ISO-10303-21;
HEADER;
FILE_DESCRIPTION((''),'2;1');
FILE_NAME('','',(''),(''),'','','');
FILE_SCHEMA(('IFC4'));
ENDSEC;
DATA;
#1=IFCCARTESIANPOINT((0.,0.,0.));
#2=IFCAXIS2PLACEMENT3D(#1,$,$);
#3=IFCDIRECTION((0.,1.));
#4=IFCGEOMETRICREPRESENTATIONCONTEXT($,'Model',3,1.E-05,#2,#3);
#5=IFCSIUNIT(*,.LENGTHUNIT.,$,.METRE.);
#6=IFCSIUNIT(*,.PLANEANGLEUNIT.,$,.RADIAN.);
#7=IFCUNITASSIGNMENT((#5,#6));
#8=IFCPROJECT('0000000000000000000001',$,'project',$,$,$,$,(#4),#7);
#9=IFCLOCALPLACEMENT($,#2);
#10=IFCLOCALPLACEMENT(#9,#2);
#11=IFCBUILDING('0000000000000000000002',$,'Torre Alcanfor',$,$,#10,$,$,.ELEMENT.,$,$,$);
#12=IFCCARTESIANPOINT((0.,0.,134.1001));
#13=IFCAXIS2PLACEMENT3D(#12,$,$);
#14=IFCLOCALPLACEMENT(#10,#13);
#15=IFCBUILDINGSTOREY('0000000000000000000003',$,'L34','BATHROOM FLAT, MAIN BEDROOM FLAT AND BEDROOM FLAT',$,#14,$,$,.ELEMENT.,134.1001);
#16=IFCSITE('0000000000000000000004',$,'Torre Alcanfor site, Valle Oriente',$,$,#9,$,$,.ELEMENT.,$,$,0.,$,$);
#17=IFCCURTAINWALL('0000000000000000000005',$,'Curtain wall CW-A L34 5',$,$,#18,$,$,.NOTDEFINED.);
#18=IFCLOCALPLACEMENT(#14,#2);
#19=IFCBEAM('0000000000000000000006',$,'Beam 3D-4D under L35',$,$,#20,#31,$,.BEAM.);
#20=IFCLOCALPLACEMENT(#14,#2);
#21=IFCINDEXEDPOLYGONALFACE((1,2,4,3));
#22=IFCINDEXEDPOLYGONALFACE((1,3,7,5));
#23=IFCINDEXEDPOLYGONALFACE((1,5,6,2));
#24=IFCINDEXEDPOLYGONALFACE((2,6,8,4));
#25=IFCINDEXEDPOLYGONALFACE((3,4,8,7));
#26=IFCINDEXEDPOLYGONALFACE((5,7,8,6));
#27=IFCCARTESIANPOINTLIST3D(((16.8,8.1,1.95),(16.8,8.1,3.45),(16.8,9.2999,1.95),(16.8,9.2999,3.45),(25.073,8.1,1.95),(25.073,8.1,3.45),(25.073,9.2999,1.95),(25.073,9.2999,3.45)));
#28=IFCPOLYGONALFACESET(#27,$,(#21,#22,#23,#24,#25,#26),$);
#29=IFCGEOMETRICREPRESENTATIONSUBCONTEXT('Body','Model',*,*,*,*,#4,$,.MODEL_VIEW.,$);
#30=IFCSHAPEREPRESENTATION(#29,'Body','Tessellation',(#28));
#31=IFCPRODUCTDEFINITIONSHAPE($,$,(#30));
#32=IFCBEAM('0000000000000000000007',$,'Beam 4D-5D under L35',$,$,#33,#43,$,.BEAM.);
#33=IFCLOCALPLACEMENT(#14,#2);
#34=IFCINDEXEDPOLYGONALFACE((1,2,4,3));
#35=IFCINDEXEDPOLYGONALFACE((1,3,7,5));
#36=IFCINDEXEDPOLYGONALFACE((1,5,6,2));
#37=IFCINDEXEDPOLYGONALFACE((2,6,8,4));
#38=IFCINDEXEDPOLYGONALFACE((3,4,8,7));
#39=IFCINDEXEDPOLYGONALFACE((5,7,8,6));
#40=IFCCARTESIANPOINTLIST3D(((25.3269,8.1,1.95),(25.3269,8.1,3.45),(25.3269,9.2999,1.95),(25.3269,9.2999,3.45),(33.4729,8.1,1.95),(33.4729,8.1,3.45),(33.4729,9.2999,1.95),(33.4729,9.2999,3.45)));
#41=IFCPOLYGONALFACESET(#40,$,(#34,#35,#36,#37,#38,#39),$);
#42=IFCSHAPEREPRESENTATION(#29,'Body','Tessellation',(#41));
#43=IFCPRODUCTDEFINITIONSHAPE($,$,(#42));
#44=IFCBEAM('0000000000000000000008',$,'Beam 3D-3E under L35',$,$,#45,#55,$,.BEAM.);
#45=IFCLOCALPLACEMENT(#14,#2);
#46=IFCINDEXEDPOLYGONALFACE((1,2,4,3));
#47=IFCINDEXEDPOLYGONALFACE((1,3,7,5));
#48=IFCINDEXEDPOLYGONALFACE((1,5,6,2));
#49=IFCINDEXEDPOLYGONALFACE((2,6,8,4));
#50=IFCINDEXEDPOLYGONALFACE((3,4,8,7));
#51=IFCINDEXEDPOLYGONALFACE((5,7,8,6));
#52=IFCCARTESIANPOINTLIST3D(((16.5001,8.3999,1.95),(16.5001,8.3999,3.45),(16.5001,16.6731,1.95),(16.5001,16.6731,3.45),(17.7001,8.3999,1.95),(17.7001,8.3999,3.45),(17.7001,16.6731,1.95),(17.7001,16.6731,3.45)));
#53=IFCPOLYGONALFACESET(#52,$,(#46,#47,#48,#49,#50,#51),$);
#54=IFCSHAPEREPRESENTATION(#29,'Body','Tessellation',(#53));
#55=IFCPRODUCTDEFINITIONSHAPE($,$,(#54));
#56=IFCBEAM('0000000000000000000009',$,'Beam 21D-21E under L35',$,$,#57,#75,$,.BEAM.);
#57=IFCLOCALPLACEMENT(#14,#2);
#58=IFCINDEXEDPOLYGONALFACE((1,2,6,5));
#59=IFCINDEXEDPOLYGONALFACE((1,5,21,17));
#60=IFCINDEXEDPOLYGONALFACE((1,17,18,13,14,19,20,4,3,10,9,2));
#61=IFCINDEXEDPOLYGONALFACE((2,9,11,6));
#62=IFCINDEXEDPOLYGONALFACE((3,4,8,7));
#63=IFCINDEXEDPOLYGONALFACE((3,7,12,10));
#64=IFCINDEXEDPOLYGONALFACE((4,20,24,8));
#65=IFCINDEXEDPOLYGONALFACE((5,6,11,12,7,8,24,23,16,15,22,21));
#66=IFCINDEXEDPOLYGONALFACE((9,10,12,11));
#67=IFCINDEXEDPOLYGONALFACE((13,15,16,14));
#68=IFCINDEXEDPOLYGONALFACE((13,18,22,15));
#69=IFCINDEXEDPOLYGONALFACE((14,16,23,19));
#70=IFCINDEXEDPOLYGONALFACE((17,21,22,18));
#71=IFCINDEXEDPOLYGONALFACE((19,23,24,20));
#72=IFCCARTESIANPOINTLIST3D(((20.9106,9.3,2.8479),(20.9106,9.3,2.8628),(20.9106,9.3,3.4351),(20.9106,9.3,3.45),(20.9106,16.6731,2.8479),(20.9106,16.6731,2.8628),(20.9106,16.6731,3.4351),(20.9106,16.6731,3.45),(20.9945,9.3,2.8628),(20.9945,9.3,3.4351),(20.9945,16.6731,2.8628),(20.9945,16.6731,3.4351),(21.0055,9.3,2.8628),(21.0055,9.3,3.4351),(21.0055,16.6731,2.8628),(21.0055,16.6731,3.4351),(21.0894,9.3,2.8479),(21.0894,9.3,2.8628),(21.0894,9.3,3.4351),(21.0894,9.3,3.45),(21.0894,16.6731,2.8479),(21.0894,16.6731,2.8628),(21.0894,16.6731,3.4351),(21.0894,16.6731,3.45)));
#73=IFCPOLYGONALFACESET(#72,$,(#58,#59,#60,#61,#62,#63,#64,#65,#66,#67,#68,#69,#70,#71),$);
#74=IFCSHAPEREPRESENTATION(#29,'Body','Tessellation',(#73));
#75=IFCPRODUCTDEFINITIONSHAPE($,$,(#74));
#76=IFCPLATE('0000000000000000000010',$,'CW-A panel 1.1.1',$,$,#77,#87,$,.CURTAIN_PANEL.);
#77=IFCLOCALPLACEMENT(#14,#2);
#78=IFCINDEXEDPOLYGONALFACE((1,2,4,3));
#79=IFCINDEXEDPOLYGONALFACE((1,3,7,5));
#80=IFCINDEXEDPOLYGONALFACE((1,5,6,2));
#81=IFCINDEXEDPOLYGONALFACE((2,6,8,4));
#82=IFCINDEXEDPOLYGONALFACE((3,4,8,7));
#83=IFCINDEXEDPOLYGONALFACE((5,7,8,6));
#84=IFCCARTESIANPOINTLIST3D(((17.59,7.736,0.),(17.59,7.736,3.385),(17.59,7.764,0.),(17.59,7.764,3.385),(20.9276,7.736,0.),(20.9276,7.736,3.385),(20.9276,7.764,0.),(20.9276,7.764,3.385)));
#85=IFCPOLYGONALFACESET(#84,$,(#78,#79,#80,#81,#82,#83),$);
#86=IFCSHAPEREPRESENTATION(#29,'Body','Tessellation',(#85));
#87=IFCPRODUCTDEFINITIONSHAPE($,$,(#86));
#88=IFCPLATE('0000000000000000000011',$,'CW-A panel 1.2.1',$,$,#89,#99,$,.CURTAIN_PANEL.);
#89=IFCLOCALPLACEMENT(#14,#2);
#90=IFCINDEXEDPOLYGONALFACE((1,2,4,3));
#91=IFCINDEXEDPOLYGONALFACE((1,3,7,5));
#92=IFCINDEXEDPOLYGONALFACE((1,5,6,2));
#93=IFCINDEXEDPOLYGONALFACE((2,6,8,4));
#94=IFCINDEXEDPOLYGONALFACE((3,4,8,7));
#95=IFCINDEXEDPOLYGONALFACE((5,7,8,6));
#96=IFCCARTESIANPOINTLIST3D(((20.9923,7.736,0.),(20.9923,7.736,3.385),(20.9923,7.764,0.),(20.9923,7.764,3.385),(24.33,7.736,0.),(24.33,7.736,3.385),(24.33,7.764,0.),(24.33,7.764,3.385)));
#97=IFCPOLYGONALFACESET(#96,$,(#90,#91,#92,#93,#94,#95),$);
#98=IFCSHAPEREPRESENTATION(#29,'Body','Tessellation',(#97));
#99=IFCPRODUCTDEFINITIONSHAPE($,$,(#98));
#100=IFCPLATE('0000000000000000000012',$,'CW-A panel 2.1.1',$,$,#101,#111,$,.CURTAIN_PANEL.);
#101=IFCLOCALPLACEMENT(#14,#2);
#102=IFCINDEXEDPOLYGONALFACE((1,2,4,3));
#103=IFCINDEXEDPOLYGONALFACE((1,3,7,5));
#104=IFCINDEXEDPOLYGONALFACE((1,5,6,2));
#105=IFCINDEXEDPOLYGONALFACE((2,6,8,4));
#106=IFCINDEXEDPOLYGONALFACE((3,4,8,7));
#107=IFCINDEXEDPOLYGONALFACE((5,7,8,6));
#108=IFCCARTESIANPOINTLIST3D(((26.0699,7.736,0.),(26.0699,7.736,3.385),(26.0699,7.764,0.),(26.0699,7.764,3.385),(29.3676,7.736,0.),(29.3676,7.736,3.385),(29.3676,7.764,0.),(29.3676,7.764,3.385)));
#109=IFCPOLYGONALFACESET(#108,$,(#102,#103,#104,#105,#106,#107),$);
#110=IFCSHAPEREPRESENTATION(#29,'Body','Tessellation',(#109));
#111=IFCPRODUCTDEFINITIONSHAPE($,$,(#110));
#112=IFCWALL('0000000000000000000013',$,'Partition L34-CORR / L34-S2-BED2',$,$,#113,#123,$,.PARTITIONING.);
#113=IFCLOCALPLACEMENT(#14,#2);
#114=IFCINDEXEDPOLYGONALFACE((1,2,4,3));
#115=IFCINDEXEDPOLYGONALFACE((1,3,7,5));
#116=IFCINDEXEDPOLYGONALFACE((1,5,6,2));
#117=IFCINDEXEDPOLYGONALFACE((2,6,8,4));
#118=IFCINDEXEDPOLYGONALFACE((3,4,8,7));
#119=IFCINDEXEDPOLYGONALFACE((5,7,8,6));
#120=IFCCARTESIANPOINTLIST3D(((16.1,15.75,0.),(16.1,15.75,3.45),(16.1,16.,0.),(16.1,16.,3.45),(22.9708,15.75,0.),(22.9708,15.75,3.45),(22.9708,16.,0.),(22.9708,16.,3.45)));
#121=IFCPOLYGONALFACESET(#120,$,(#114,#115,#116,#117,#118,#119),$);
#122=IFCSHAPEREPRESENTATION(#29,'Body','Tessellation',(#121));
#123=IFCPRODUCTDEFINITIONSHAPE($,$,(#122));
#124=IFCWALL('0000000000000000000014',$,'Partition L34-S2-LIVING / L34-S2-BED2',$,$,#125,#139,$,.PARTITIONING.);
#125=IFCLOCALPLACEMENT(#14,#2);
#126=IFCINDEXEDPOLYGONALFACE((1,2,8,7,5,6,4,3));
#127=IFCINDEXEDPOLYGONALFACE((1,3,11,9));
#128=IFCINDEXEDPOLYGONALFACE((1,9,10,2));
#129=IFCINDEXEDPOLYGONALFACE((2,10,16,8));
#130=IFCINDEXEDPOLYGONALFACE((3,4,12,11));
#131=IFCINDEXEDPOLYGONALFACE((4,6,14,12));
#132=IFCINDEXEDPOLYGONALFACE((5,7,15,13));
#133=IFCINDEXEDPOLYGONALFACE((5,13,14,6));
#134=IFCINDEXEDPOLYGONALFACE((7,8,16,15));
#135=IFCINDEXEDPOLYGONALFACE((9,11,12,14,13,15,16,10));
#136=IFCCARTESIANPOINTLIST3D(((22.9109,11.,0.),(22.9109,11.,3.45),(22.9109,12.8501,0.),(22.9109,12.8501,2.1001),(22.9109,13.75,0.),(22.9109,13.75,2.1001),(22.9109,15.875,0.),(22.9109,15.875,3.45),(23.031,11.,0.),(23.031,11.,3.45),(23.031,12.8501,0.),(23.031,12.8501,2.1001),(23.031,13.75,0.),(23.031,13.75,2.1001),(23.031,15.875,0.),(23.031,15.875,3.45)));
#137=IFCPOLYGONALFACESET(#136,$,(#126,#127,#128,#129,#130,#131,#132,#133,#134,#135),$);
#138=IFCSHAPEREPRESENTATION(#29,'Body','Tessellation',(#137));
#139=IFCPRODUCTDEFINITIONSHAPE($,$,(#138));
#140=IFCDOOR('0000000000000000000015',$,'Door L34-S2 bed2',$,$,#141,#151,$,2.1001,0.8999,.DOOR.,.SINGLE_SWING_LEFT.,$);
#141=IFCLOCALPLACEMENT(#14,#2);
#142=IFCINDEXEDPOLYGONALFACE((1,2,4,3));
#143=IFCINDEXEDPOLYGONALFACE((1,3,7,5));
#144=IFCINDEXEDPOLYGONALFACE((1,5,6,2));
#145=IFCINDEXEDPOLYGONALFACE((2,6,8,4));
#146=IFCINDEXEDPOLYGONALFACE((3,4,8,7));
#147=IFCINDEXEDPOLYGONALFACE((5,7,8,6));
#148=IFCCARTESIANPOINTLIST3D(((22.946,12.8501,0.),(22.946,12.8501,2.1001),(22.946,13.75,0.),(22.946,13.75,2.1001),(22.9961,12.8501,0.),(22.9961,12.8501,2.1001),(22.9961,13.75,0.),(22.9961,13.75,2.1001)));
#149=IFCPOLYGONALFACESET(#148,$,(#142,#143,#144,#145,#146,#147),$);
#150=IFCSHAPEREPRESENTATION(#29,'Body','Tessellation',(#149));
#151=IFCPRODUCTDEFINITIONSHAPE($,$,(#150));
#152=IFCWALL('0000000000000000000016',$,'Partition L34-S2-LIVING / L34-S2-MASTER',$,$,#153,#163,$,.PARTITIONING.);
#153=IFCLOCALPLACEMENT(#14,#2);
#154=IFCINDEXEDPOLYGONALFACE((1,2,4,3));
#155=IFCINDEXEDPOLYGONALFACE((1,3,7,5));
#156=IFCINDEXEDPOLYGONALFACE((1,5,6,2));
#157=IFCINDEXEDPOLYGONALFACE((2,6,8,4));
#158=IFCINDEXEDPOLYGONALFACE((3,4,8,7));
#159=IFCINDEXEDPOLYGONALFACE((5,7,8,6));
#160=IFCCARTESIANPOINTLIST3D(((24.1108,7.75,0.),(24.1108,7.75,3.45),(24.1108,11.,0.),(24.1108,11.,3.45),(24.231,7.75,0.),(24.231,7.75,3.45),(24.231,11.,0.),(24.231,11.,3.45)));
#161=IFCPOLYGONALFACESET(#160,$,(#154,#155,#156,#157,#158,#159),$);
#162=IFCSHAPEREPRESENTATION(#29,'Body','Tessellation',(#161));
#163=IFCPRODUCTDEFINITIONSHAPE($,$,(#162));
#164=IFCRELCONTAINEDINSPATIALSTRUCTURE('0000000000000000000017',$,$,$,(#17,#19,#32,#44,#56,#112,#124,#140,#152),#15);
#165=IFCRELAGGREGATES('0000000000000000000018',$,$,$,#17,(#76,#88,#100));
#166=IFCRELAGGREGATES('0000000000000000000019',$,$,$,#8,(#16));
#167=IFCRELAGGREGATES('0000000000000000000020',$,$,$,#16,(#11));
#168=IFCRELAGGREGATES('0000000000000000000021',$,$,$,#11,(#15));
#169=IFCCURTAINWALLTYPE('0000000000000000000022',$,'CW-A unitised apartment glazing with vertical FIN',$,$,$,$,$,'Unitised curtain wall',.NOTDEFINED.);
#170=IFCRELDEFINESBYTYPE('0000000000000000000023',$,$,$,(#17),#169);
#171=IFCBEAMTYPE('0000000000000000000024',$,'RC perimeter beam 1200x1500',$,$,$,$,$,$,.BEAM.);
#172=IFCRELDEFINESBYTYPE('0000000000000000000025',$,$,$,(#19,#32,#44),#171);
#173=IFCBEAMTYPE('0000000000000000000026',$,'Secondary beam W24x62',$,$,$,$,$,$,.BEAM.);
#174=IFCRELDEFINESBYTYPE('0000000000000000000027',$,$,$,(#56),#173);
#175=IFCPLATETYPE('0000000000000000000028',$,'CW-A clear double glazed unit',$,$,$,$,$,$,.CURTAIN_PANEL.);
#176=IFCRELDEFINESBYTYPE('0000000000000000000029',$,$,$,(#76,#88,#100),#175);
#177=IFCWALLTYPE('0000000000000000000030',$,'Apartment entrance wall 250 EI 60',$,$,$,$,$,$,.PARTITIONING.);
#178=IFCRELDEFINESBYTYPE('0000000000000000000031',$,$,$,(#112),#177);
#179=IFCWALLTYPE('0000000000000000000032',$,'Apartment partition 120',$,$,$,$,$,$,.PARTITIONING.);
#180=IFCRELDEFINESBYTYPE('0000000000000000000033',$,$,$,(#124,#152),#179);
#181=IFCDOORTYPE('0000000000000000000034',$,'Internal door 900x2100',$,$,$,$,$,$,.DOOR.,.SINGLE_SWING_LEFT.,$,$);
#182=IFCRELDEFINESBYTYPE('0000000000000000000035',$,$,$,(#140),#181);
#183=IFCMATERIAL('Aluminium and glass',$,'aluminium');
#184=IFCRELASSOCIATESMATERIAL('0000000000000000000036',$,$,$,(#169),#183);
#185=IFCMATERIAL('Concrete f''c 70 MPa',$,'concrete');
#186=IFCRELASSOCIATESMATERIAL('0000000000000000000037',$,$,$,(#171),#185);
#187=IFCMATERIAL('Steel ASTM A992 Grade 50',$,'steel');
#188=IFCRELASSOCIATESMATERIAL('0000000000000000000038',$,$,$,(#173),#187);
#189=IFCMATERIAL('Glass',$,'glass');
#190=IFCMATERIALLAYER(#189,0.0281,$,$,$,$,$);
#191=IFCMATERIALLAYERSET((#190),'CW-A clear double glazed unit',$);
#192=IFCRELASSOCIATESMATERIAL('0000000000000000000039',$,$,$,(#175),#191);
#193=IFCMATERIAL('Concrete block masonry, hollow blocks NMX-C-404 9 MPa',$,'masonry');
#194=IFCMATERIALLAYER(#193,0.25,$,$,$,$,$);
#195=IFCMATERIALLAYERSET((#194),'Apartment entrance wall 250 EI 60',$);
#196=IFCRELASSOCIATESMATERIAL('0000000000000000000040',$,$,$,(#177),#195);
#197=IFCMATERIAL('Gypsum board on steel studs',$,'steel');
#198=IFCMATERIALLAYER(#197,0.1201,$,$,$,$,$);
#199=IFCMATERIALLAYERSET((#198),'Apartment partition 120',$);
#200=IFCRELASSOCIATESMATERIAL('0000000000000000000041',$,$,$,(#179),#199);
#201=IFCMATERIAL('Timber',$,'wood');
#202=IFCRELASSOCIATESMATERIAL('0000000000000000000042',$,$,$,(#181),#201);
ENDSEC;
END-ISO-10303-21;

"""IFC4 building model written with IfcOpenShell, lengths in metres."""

from ifc_helpers import new_model, si_unit, direction, frame, frame_2d, origin, origin_2d, place, context, subcontext, project, spatial, rectangle, i_section, extrude, material, layer, layer_set, material_profile, profile_set, type_object, element, fill, aggregate, save


model = new_model("IFC4")

# Units and contexts
model_context = context("Model", 3, precision=1e-05, world=origin(), true_north=direction((0.0, 1.0)))
body_context = subcontext(model_context, "Body", "Model", "MODEL_VIEW")
ifc_project = project(units=[si_unit("LENGTHUNIT", "METRE"), si_unit("PLANEANGLEUNIT", "RADIAN")], contexts=[model_context])

# Site, building, storey
site_placement = place(None, origin())
site = spatial("IfcSite", under=ifc_project, at=site_placement, Name="Torre Alcanfor site, Valle Oriente", CompositionType="ELEMENT", RefElevation=0.0)
building_placement = place(site_placement, origin())
building = spatial("IfcBuilding", under=site, at=building_placement, Name="Torre Alcanfor", CompositionType="ELEMENT")
storey_placement = place(building_placement, frame((0.0, 0.0, 134.1001)))
storey = spatial("IfcBuildingStorey", under=building, at=storey_placement, Name="L34", Description="BATHROOM FLAT, MAIN BEDROOM FLAT AND BEDROOM FLAT", CompositionType="ELEMENT", Elevation=134.1001)

# Curtain wall
ifc_material_1 = material(Name="Aluminium and glass", Category="aluminium")
curtain_wall_type = type_object("IfcCurtainWallType", Name="CW-A unitised apartment glazing with vertical FIN", ElementType="Unitised curtain wall", PredefinedType="NOTDEFINED", material=ifc_material_1)
curtain_wall_placement = place(storey_placement, origin())
curtain_wall = element("IfcCurtainWall", 1, at=curtain_wall_placement, inside=storey, type_object=curtain_wall_type, Name="Curtain wall CW-A L34 5", PredefinedType="NOTDEFINED")

# Beams
ifc_material_2 = material(Name="Concrete f'c 70 MPa", Category="concrete")
ifc_material_profile_1 = material_profile(ifc_material_2, rectangle(XDim=1.2, YDim=1.5, at=origin_2d()), Name="1200x1500")
ifc_profile_set_1 = profile_set([ifc_material_profile_1], Name="Concrete f'c 70 MPa")
beam_type_1 = type_object("IfcBeamType", Name="RC perimeter beam 1200x1500", PredefinedType="BEAM", material=ifc_profile_set_1)
beam_1_placement = place(storey_placement, frame((16.8, 8.7, 2.7), z_axis=(1.0, 0.0, 0.0), x_axis=(0.0, 1.0, 0.0)))
element("IfcBeam", 2, at=beam_1_placement, inside=storey, type_object=beam_type_1, Name="Beam 3D-4D under L35", PredefinedType="BEAM", context=body_context, shape_type="SweptSolid", body=[
    extrude(rectangle(XDim=1.2, YDim=1.5, at=origin_2d()), origin(), (0.0, 0.0, 1.0), 8.2729),
])
beam_2_placement = place(storey_placement, frame((25.3269, 8.7, 2.7), z_axis=(1.0, 0.0, 0.0), x_axis=(0.0, 1.0, 0.0)))
element("IfcBeam", 3, at=beam_2_placement, inside=storey, type_object=beam_type_1, Name="Beam 4D-5D under L35", PredefinedType="BEAM", context=body_context, shape_type="SweptSolid", body=[
    extrude(rectangle(XDim=1.2, YDim=1.5, at=origin_2d()), origin(), (0.0, 0.0, 1.0), 8.146),
])
beam_3_placement = place(storey_placement, frame((17.1001, 8.3999, 2.7), z_axis=(0.0, 1.0, 0.0), x_axis=(-1.0, 0.0, 0.0)))
element("IfcBeam", 4, at=beam_3_placement, inside=storey, type_object=beam_type_1, Name="Beam 3D-3E under L35", PredefinedType="BEAM", context=body_context, shape_type="SweptSolid", body=[
    extrude(rectangle(XDim=1.2, YDim=1.5, at=origin_2d()), origin(), (0.0, 0.0, 1.0), 8.2732),
])
ifc_material_3 = material(Name="Steel ASTM A992 Grade 50", Category="steel")
ifc_material_profile_2 = material_profile(ifc_material_3, i_section(OverallWidth=0.1787, OverallDepth=0.6021, WebThickness=0.011, FlangeThickness=0.0149, at=origin_2d()), Name="W24x62")
ifc_profile_set_2 = profile_set([ifc_material_profile_2], Name="Steel ASTM A992 Grade 50")
beam_type_2 = type_object("IfcBeamType", Name="Secondary beam W24x62", PredefinedType="BEAM", material=ifc_profile_set_2)
beam_4_placement = place(storey_placement, frame((21.0, 9.3, 3.1489), z_axis=(0.0, 1.0, 0.0), x_axis=(-1.0, 0.0, 0.0)))
element("IfcBeam", 5, at=beam_4_placement, inside=storey, type_object=beam_type_2, Name="Beam 21D-21E under L35", PredefinedType="BEAM", context=body_context, shape_type="SweptSolid", body=[
    extrude(i_section(OverallWidth=0.1787, OverallDepth=0.6021, WebThickness=0.011, FlangeThickness=0.0149, at=origin_2d()), origin(), (0.0, 0.0, 1.0), 7.373),
])

# Plates
ifc_material_4 = material(Name="Glass", Category="glass")
ifc_layer_1 = layer(ifc_material_4, 0.0281)
ifc_layer_set_1 = layer_set([ifc_layer_1], Name="CW-A clear double glazed unit")
plate_type = type_object("IfcPlateType", Name="CW-A clear double glazed unit", PredefinedType="CURTAIN_PANEL", material=ifc_layer_set_1)
plate_1_placement = place(storey_placement, frame((19.2588, 7.75, 0.0), z_axis=(0.0, 0.0, 1.0), x_axis=(1.0, 0.0, 0.0)))
plate_1 = element("IfcPlate", 6, at=plate_1_placement, type_object=plate_type, Name="CW-A panel 1.1.1", PredefinedType="CURTAIN_PANEL", context=body_context, shape_type="SweptSolid", body=[
    extrude(rectangle(XDim=3.3376, YDim=0.0281, at=origin_2d()), origin(), (0.0, 0.0, 1.0), 3.385),
])
plate_2_placement = place(storey_placement, frame((22.6611, 7.75, 0.0), z_axis=(0.0, 0.0, 1.0), x_axis=(1.0, 0.0, 0.0)))
plate_2 = element("IfcPlate", 7, at=plate_2_placement, type_object=plate_type, Name="CW-A panel 1.2.1", PredefinedType="CURTAIN_PANEL", context=body_context, shape_type="SweptSolid", body=[
    extrude(rectangle(XDim=3.3376, YDim=0.0281, at=origin_2d()), origin(), (0.0, 0.0, 1.0), 3.385),
])
plate_3_placement = place(storey_placement, frame((27.7188, 7.75, 0.0), z_axis=(0.0, 0.0, 1.0), x_axis=(1.0, 0.0, 0.0)))
plate_3 = element("IfcPlate", 8, at=plate_3_placement, type_object=plate_type, Name="CW-A panel 2.1.1", PredefinedType="CURTAIN_PANEL", context=body_context, shape_type="SweptSolid", body=[
    extrude(rectangle(XDim=3.2976, YDim=0.0281, at=origin_2d()), origin(), (0.0, 0.0, 1.0), 3.385),
])
aggregate(curtain_wall, [plate_1, plate_2, plate_3])

# Wall
ifc_material_5 = material(Name="Concrete block masonry, hollow blocks NMX-C-404 9 MPa", Category="masonry")
ifc_layer_2 = layer(ifc_material_5, 0.25)
ifc_layer_set_2 = layer_set([ifc_layer_2], Name="Apartment entrance wall 250 EI 60")
wall_type_1 = type_object("IfcWallType", Name="Apartment entrance wall 250 EI 60", PredefinedType="PARTITIONING", material=ifc_layer_set_2)
wall_1_placement = place(storey_placement, frame((22.9709, 15.875, 0.0), z_axis=(0.0, 0.0, 1.0), x_axis=(-1.0, 0.0, 0.0)))
element("IfcWall", 9, at=wall_1_placement, inside=storey, type_object=wall_type_1, Name="Partition L34-CORR / L34-S2-BED2", PredefinedType="PARTITIONING", context=body_context, shape_type="SweptSolid", body=[
    extrude(rectangle(XDim=6.8708, YDim=0.25, at=frame_2d((3.4355, 0.0))), origin(), (0.0, 0.0, 1.0), 3.45),
])

# Wall, opening, door
ifc_material_6 = material(Name="Gypsum board on steel studs", Category="steel")
ifc_layer_3 = layer(ifc_material_6, 0.1201)
ifc_layer_set_3 = layer_set([ifc_layer_3], Name="Apartment partition 120")
wall_type_2 = type_object("IfcWallType", Name="Apartment partition 120", PredefinedType="PARTITIONING", material=ifc_layer_set_3)
wall_2_placement = place(storey_placement, frame((22.9709, 11.0, 0.0), z_axis=(0.0, 0.0, 1.0), x_axis=(0.0, 1.0, 0.0)))
wall_2 = element("IfcWall", 10, at=wall_2_placement, inside=storey, type_object=wall_type_2, Name="Partition L34-S2-LIVING / L34-S2-BED2", PredefinedType="PARTITIONING", context=body_context, shape_type="SweptSolid", body=[
    extrude(rectangle(XDim=4.875, YDim=0.1201, at=frame_2d((2.4375, 0.0))), origin(), (0.0, 0.0, 1.0), 3.45),
])
opening_1_placement = place(wall_2_placement, frame((1.8501, 0.0, 0.0)))
opening_1 = element("IfcOpeningElement", 11, at=opening_1_placement, cuts=wall_2, PredefinedType="OPENING", context=body_context, shape_type="SweptSolid", body=[
    extrude(rectangle(XDim=0.8999, YDim=2.1001, at=frame_2d((0.45, 1.05))), frame((0.0, 0.0701, 0.0), z_axis=(0.0, -1.0, 0.0), x_axis=(1.0, 0.0, 0.0)), (0.0, 0.0, 1.0), 0.1401),
])
ifc_material_7 = material(Name="Timber", Category="wood")
door_type_1 = type_object("IfcDoorType", Name="Internal door 900x2100", OperationType="SINGLE_SWING_LEFT", PredefinedType="DOOR", material=ifc_material_7)
door_1_placement = place(opening_1_placement, origin())
door_1 = element("IfcDoor", 12, at=door_1_placement, inside=storey, type_object=door_type_1, Name="Door L34-S2 bed2", OperationType="SINGLE_SWING_LEFT", OverallHeight=2.1001, OverallWidth=0.8999, PredefinedType="DOOR", context=body_context, shape_type="SweptSolid", body=[
    extrude(rectangle(XDim=0.8999, YDim=2.1001, at=frame_2d((0.45, 1.05))), frame((0.0, 0.0249, 0.0), z_axis=(0.0, -1.0, 0.0), x_axis=(1.0, 0.0, 0.0)), (0.0, 0.0, 1.0), 0.05),
])
fill(opening_1, door_1)

# Wall
wall_3_placement = place(storey_placement, frame((24.1709, 7.75, 0.0), z_axis=(0.0, 0.0, 1.0), x_axis=(0.0, 1.0, 0.0)))
element("IfcWall", 13, at=wall_3_placement, inside=storey, type_object=wall_type_2, Name="Partition L34-S2-LIVING / L34-S2-MASTER", PredefinedType="PARTITIONING", context=body_context, shape_type="SweptSolid", body=[
    extrude(rectangle(XDim=3.25, YDim=0.1201, at=frame_2d((1.625, 0.0))), origin(), (0.0, 0.0, 1.0), 3.45),
])

save(model, "model.ifc")
